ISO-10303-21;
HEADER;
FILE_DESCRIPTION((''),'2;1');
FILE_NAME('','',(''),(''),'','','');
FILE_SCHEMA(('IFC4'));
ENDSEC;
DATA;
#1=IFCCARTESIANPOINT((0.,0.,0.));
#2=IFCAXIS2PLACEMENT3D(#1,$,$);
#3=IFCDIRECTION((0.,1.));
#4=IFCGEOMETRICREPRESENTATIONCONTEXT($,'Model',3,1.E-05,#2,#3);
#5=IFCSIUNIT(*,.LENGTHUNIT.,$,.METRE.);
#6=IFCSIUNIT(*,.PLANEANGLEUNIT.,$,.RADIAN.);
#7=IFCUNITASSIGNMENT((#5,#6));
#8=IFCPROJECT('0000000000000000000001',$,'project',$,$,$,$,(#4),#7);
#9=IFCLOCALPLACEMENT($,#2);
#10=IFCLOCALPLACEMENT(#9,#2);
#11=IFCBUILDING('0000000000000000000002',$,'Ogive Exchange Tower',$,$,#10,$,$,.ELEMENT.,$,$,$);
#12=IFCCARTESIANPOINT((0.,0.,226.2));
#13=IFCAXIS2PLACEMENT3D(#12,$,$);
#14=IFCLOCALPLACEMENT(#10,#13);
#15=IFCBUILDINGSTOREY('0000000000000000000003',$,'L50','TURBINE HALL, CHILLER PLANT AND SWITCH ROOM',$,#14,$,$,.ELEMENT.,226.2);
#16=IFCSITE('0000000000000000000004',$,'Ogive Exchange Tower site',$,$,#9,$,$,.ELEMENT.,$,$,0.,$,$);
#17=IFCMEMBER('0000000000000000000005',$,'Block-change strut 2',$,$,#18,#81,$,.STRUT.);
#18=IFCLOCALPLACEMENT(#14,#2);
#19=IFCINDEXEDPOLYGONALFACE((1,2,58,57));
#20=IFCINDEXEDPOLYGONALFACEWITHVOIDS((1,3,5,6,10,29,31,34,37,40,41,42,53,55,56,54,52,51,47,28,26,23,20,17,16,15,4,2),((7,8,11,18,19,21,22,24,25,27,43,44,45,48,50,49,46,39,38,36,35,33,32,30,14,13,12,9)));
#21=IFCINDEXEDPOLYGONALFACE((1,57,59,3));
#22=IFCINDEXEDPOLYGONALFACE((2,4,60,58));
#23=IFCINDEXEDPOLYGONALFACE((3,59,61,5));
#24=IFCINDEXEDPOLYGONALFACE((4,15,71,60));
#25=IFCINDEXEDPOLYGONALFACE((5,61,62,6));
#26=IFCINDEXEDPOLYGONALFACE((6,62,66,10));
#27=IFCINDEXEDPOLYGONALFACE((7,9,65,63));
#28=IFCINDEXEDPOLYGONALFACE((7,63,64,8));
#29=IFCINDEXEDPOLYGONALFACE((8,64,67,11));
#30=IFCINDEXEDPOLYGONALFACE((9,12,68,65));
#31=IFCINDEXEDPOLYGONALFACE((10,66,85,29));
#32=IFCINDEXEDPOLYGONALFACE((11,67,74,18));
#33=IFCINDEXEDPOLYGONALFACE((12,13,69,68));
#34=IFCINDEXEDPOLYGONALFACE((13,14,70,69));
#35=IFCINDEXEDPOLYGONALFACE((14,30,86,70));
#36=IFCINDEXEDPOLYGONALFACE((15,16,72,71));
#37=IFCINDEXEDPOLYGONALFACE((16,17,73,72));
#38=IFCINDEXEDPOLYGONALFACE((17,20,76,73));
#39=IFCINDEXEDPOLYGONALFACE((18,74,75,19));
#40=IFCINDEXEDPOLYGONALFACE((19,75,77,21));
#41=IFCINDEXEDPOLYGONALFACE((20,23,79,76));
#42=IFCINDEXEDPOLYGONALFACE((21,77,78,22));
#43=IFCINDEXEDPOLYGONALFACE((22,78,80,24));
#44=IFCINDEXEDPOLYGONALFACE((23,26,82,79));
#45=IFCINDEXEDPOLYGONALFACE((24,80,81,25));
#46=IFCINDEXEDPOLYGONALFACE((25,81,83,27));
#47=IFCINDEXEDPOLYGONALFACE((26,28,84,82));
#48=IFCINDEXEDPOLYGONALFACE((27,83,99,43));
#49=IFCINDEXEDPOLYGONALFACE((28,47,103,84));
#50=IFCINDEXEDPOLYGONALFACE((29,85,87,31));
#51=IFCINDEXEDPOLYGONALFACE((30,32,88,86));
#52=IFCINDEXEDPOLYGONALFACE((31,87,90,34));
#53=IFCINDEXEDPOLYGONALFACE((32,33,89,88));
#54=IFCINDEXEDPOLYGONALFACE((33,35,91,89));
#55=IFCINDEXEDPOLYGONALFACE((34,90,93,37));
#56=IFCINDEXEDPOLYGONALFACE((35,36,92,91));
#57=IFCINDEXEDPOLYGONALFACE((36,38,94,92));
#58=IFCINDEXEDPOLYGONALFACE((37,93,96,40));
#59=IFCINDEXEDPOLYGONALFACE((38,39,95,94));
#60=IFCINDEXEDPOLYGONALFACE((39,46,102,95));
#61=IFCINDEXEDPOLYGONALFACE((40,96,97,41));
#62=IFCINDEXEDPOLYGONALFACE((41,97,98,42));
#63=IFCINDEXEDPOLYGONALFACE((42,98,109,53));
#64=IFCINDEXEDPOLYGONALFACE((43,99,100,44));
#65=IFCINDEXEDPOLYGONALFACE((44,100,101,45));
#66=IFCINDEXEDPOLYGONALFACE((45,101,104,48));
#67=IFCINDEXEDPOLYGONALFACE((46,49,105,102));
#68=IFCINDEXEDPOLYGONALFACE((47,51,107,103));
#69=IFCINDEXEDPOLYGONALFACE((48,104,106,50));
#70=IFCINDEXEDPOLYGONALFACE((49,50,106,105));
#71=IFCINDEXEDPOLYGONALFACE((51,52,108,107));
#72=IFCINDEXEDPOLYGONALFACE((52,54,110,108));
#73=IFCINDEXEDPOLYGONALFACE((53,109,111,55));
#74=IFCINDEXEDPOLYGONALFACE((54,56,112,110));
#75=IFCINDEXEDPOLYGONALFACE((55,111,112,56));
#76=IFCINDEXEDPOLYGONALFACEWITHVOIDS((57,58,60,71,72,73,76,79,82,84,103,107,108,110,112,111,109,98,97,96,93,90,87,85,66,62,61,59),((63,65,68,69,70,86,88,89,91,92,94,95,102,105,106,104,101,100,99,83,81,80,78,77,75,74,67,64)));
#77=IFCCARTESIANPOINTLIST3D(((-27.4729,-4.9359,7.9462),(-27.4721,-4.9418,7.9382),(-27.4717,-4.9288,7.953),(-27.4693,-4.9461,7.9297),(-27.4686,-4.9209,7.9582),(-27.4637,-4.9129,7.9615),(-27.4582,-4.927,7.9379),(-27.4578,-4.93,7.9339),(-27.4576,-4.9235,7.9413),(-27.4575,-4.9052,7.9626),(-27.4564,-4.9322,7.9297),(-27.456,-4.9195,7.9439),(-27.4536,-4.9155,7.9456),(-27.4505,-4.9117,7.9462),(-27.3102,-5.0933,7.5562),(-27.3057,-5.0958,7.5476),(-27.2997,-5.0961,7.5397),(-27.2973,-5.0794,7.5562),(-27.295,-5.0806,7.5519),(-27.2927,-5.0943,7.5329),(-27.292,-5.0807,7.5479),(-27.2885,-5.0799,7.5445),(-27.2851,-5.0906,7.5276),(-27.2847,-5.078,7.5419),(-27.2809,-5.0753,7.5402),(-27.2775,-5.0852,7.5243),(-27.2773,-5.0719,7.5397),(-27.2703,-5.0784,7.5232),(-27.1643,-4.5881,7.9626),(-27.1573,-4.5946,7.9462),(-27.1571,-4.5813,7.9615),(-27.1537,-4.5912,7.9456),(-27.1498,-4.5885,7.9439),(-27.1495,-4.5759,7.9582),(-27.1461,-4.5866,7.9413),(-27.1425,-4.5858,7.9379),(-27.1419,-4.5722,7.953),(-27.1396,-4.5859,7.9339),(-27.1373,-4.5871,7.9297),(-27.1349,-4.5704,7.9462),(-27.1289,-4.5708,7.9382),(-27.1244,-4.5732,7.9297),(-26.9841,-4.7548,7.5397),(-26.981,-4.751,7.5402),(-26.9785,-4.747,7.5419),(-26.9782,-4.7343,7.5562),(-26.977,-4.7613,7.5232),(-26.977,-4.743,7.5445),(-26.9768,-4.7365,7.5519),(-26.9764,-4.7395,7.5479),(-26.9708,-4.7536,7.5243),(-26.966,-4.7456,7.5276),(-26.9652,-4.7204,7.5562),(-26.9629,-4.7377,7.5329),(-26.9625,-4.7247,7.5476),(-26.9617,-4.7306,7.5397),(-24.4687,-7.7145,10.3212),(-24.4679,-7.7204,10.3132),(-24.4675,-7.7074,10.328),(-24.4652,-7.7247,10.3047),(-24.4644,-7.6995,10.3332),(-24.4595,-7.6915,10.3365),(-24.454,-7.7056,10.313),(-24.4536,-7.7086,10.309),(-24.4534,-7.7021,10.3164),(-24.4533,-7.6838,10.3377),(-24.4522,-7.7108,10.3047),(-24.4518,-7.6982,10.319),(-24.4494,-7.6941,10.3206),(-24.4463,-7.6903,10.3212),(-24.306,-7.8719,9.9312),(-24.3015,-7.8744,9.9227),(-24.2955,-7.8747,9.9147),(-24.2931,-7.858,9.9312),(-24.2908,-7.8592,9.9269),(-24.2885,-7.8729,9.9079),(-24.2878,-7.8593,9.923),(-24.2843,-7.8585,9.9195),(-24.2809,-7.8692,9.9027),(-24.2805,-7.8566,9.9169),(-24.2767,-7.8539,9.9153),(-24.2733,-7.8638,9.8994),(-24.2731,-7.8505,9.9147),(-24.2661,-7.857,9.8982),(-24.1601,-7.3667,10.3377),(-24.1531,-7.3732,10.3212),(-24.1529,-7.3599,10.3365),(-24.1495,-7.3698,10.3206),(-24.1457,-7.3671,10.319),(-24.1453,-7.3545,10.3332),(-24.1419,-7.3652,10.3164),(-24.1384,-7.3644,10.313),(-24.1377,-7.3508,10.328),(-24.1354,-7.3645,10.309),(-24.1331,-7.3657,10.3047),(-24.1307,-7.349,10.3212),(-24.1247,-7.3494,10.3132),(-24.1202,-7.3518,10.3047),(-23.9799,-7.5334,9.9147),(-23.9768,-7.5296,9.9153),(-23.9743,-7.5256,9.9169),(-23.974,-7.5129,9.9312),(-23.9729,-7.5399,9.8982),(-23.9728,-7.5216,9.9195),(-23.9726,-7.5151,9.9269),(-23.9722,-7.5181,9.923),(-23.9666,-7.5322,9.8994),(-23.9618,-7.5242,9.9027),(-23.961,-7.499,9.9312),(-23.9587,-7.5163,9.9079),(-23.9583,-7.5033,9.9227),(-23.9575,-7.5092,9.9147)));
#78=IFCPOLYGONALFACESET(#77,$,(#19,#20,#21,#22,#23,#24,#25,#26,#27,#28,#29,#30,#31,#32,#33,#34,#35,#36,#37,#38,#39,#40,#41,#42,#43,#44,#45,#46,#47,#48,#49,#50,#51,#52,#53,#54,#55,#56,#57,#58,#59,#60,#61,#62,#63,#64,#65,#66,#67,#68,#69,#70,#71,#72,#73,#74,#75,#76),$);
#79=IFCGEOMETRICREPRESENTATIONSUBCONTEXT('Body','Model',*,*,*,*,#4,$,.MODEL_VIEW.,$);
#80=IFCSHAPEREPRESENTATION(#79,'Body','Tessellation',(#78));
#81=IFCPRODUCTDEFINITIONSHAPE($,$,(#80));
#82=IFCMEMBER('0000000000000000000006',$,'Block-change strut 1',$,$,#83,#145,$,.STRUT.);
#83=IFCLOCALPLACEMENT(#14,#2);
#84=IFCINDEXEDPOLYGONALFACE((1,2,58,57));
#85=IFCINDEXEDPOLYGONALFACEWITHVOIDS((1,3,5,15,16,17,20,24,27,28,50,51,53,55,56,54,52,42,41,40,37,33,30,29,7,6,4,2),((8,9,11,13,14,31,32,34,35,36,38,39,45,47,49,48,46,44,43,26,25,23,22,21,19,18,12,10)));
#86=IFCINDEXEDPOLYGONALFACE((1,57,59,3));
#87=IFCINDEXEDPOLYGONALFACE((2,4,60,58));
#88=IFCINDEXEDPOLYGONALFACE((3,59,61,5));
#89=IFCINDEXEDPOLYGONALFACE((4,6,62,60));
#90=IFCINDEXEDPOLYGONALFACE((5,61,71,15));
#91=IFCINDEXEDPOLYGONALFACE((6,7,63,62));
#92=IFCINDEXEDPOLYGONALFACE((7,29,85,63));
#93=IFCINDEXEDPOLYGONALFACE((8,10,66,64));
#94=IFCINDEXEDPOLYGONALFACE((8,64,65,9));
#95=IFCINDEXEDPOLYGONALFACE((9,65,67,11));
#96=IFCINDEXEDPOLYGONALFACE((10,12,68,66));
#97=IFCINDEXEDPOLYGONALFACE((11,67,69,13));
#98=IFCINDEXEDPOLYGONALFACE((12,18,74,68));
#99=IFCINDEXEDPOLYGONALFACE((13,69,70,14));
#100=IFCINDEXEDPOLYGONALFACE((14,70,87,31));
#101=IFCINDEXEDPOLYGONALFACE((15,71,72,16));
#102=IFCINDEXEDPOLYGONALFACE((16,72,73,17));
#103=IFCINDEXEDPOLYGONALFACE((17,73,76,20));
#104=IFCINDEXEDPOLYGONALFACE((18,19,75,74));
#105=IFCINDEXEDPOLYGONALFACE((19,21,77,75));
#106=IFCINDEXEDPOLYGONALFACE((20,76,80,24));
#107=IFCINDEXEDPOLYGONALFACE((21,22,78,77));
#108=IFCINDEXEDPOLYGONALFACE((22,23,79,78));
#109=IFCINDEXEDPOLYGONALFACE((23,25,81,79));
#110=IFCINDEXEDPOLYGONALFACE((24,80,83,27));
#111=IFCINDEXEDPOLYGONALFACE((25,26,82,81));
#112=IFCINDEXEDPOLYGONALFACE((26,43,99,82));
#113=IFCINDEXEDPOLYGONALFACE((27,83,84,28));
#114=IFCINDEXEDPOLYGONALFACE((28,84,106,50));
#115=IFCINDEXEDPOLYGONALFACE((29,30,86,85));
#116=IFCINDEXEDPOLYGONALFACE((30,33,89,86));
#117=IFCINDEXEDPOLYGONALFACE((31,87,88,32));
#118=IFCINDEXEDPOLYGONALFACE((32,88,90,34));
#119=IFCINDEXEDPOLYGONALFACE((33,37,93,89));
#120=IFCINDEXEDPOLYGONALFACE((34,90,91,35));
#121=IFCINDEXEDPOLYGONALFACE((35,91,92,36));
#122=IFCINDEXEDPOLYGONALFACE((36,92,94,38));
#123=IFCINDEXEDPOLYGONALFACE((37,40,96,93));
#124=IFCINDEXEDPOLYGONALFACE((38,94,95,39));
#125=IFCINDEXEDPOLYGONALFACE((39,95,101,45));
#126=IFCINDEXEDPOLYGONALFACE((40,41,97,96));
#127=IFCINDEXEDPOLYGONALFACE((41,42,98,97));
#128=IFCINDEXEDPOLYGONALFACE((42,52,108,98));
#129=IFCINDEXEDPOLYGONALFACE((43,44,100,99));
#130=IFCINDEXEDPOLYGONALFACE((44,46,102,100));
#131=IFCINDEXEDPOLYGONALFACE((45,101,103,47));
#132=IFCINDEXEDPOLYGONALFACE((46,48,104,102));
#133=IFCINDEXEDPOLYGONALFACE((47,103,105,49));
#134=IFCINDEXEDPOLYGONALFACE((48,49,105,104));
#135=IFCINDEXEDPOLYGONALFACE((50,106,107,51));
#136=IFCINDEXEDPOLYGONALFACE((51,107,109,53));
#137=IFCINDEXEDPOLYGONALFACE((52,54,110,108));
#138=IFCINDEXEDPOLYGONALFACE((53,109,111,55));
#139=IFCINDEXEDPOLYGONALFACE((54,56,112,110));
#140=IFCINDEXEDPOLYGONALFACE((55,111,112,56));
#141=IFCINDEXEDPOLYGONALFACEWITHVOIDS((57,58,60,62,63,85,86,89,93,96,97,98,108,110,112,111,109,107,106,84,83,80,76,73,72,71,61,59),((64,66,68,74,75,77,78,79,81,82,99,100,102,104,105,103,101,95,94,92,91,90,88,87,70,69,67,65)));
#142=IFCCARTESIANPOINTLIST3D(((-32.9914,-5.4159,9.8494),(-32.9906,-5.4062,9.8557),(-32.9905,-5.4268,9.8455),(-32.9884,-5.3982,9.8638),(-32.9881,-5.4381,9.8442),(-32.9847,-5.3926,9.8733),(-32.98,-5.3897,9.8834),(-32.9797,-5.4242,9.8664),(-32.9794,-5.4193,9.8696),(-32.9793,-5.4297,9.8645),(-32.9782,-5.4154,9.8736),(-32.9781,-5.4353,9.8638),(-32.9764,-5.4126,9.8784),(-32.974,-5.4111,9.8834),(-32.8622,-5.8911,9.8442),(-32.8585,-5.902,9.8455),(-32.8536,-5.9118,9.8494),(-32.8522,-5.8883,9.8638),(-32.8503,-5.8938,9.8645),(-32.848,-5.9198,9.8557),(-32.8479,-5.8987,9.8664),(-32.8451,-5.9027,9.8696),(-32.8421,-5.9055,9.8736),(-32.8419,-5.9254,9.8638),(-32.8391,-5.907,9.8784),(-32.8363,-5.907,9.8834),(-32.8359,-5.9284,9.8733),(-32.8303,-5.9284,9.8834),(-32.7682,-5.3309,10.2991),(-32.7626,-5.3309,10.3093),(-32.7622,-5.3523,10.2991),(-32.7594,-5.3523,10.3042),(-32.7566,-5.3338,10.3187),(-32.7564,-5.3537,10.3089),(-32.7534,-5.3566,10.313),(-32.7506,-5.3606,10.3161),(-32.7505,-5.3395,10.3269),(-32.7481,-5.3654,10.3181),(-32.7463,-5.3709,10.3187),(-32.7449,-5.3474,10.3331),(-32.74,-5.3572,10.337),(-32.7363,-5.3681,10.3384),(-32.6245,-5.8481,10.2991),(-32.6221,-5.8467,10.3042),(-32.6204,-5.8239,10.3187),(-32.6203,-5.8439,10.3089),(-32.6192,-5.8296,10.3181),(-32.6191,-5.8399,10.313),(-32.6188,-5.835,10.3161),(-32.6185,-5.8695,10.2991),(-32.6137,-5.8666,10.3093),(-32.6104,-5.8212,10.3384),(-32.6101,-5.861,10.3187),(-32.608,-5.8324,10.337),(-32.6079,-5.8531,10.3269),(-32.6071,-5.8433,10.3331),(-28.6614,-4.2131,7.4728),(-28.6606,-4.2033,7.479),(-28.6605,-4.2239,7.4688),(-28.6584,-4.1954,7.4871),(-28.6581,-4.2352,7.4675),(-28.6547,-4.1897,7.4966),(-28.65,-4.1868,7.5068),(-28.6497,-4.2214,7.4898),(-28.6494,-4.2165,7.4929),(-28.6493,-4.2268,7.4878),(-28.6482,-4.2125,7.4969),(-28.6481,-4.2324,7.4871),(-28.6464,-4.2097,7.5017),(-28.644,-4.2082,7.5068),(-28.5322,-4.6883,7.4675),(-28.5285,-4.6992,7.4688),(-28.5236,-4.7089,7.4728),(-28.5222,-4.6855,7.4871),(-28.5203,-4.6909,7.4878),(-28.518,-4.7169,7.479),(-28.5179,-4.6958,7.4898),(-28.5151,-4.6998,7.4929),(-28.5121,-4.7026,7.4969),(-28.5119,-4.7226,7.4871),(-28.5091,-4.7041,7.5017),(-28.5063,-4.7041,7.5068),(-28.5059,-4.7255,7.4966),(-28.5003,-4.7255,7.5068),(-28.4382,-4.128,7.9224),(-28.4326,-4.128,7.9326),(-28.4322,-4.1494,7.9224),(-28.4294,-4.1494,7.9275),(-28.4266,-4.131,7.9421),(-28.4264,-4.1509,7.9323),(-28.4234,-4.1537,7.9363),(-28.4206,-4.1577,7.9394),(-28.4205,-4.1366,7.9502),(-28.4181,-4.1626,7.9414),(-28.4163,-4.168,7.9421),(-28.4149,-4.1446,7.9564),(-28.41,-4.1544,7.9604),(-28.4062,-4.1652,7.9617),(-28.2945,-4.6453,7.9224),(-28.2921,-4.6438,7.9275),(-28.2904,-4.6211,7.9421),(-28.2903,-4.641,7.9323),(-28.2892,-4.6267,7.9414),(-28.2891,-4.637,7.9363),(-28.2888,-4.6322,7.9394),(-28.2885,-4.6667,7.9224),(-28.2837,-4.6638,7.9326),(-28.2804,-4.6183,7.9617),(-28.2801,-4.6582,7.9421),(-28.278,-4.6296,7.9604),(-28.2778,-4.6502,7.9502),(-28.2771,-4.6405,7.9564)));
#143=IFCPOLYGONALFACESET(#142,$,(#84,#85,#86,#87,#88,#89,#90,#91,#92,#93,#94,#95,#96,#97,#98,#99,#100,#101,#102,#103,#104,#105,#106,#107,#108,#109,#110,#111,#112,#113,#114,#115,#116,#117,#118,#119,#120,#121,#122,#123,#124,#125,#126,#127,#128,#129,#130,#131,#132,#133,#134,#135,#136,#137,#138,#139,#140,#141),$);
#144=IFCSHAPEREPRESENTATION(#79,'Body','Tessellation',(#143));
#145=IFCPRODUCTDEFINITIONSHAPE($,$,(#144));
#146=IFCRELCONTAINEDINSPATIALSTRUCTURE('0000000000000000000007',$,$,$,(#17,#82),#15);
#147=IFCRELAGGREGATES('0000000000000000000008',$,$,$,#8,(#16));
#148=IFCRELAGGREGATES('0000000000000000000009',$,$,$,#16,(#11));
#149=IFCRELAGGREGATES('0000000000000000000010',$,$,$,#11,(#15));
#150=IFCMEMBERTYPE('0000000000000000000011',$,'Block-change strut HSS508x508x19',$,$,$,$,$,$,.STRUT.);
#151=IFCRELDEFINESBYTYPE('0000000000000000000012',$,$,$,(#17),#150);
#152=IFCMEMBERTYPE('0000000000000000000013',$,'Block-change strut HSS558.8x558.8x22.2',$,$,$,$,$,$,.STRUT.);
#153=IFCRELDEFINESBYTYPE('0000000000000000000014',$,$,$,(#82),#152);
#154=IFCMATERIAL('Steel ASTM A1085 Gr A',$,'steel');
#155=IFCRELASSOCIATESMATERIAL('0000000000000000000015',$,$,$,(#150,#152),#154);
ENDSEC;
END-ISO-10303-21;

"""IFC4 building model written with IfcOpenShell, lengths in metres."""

from ifc_helpers import new_model, si_unit, direction, frame, origin, origin_2d, place, context, subcontext, project, spatial, hollow_rectangle, extrude, material, material_profile, profile_set, type_object, element, save


model = new_model("IFC4")

# Units and contexts
model_context = context("Model", 3, precision=1e-05, world=origin(), true_north=direction((0.0, 1.0)))
body_context = subcontext(model_context, "Body", "Model", "MODEL_VIEW")
ifc_project = project(units=[si_unit("LENGTHUNIT", "METRE"), si_unit("PLANEANGLEUNIT", "RADIAN")], contexts=[model_context])

# Site, building, storey
site_placement = place(None, origin())
site = spatial("IfcSite", under=ifc_project, at=site_placement, Name="Ogive Exchange Tower site", CompositionType="ELEMENT", RefElevation=0.0)
building_placement = place(site_placement, origin())
building = spatial("IfcBuilding", under=site, at=building_placement, Name="Ogive Exchange Tower", CompositionType="ELEMENT")
storey_placement = place(building_placement, frame((0.0, 0.0, 226.2)))
storey = spatial("IfcBuildingStorey", under=building, at=storey_placement, Name="L50", Description="TURBINE HALL, CHILLER PLANT AND SWITCH ROOM", CompositionType="ELEMENT", Elevation=226.2)

# Members
ifc_material_1 = material(Name="Steel ASTM A1085 Gr A", Category="steel")
ifc_material_profile_1 = material_profile(ifc_material_1, hollow_rectangle(XDim=0.5081, YDim=0.5081, WallThickness=0.019, InnerFilletRadius=0.019, OuterFilletRadius=0.0381, at=origin_2d()), Name="HSS508x508x19")
ifc_profile_set_1 = profile_set([ifc_material_profile_1], Name="Steel ASTM A1085 Gr A")
member_type_1 = type_object("IfcMemberType", Name="Block-change strut HSS508x508x19", PredefinedType="STRUT", material=ifc_profile_set_1)
member_1_placement = place(storey_placement, frame((-27.2173, -4.8333, 7.7429), z_axis=(0.634942, -0.587263, 0.501968), x_axis=(0.679006, 0.734133, 0.0)))
element("IfcMember", 1, at=member_1_placement, inside=storey, type_object=member_type_1, Name="Block-change strut 2", PredefinedType="STRUT", context=body_context, shape_type="SweptSolid", body=[
    extrude(hollow_rectangle(XDim=0.5081, YDim=0.5081, WallThickness=0.019, InnerFilletRadius=0.019, OuterFilletRadius=0.0381, at=origin_2d()), origin(), (0.0, 0.0, 1.0), 4.7314),
])
ifc_material_profile_2 = material_profile(ifc_material_1, hollow_rectangle(XDim=0.5591, YDim=0.5591, WallThickness=0.0222, InnerFilletRadius=0.0222, OuterFilletRadius=0.0444, at=origin_2d()), Name="HSS558.8x558.8x22.2")
ifc_profile_set_2 = profile_set([ifc_material_profile_2], Name="Steel ASTM A1085 Gr A")
member_type_2 = type_object("IfcMemberType", Name="Block-change strut HSS558.8x558.8x22.2", PredefinedType="STRUT", material=ifc_profile_set_2)
member_2_placement = place(storey_placement, frame((-28.4692, -4.4268, 7.7146), z_axis=(-0.851737, -0.23661, 0.467504), x_axis=(0.267661, -0.963513, 0.0)))
element("IfcMember", 2, at=member_2_placement, inside=storey, type_object=member_type_2, Name="Block-change strut 1", PredefinedType="STRUT", context=body_context, shape_type="SweptSolid", body=[
    extrude(hollow_rectangle(XDim=0.5591, YDim=0.5591, WallThickness=0.0222, InnerFilletRadius=0.0222, OuterFilletRadius=0.0444, at=origin_2d()), origin(), (0.0, 0.0, 1.0), 5.0837),
])

save(model, "model.ifc")
